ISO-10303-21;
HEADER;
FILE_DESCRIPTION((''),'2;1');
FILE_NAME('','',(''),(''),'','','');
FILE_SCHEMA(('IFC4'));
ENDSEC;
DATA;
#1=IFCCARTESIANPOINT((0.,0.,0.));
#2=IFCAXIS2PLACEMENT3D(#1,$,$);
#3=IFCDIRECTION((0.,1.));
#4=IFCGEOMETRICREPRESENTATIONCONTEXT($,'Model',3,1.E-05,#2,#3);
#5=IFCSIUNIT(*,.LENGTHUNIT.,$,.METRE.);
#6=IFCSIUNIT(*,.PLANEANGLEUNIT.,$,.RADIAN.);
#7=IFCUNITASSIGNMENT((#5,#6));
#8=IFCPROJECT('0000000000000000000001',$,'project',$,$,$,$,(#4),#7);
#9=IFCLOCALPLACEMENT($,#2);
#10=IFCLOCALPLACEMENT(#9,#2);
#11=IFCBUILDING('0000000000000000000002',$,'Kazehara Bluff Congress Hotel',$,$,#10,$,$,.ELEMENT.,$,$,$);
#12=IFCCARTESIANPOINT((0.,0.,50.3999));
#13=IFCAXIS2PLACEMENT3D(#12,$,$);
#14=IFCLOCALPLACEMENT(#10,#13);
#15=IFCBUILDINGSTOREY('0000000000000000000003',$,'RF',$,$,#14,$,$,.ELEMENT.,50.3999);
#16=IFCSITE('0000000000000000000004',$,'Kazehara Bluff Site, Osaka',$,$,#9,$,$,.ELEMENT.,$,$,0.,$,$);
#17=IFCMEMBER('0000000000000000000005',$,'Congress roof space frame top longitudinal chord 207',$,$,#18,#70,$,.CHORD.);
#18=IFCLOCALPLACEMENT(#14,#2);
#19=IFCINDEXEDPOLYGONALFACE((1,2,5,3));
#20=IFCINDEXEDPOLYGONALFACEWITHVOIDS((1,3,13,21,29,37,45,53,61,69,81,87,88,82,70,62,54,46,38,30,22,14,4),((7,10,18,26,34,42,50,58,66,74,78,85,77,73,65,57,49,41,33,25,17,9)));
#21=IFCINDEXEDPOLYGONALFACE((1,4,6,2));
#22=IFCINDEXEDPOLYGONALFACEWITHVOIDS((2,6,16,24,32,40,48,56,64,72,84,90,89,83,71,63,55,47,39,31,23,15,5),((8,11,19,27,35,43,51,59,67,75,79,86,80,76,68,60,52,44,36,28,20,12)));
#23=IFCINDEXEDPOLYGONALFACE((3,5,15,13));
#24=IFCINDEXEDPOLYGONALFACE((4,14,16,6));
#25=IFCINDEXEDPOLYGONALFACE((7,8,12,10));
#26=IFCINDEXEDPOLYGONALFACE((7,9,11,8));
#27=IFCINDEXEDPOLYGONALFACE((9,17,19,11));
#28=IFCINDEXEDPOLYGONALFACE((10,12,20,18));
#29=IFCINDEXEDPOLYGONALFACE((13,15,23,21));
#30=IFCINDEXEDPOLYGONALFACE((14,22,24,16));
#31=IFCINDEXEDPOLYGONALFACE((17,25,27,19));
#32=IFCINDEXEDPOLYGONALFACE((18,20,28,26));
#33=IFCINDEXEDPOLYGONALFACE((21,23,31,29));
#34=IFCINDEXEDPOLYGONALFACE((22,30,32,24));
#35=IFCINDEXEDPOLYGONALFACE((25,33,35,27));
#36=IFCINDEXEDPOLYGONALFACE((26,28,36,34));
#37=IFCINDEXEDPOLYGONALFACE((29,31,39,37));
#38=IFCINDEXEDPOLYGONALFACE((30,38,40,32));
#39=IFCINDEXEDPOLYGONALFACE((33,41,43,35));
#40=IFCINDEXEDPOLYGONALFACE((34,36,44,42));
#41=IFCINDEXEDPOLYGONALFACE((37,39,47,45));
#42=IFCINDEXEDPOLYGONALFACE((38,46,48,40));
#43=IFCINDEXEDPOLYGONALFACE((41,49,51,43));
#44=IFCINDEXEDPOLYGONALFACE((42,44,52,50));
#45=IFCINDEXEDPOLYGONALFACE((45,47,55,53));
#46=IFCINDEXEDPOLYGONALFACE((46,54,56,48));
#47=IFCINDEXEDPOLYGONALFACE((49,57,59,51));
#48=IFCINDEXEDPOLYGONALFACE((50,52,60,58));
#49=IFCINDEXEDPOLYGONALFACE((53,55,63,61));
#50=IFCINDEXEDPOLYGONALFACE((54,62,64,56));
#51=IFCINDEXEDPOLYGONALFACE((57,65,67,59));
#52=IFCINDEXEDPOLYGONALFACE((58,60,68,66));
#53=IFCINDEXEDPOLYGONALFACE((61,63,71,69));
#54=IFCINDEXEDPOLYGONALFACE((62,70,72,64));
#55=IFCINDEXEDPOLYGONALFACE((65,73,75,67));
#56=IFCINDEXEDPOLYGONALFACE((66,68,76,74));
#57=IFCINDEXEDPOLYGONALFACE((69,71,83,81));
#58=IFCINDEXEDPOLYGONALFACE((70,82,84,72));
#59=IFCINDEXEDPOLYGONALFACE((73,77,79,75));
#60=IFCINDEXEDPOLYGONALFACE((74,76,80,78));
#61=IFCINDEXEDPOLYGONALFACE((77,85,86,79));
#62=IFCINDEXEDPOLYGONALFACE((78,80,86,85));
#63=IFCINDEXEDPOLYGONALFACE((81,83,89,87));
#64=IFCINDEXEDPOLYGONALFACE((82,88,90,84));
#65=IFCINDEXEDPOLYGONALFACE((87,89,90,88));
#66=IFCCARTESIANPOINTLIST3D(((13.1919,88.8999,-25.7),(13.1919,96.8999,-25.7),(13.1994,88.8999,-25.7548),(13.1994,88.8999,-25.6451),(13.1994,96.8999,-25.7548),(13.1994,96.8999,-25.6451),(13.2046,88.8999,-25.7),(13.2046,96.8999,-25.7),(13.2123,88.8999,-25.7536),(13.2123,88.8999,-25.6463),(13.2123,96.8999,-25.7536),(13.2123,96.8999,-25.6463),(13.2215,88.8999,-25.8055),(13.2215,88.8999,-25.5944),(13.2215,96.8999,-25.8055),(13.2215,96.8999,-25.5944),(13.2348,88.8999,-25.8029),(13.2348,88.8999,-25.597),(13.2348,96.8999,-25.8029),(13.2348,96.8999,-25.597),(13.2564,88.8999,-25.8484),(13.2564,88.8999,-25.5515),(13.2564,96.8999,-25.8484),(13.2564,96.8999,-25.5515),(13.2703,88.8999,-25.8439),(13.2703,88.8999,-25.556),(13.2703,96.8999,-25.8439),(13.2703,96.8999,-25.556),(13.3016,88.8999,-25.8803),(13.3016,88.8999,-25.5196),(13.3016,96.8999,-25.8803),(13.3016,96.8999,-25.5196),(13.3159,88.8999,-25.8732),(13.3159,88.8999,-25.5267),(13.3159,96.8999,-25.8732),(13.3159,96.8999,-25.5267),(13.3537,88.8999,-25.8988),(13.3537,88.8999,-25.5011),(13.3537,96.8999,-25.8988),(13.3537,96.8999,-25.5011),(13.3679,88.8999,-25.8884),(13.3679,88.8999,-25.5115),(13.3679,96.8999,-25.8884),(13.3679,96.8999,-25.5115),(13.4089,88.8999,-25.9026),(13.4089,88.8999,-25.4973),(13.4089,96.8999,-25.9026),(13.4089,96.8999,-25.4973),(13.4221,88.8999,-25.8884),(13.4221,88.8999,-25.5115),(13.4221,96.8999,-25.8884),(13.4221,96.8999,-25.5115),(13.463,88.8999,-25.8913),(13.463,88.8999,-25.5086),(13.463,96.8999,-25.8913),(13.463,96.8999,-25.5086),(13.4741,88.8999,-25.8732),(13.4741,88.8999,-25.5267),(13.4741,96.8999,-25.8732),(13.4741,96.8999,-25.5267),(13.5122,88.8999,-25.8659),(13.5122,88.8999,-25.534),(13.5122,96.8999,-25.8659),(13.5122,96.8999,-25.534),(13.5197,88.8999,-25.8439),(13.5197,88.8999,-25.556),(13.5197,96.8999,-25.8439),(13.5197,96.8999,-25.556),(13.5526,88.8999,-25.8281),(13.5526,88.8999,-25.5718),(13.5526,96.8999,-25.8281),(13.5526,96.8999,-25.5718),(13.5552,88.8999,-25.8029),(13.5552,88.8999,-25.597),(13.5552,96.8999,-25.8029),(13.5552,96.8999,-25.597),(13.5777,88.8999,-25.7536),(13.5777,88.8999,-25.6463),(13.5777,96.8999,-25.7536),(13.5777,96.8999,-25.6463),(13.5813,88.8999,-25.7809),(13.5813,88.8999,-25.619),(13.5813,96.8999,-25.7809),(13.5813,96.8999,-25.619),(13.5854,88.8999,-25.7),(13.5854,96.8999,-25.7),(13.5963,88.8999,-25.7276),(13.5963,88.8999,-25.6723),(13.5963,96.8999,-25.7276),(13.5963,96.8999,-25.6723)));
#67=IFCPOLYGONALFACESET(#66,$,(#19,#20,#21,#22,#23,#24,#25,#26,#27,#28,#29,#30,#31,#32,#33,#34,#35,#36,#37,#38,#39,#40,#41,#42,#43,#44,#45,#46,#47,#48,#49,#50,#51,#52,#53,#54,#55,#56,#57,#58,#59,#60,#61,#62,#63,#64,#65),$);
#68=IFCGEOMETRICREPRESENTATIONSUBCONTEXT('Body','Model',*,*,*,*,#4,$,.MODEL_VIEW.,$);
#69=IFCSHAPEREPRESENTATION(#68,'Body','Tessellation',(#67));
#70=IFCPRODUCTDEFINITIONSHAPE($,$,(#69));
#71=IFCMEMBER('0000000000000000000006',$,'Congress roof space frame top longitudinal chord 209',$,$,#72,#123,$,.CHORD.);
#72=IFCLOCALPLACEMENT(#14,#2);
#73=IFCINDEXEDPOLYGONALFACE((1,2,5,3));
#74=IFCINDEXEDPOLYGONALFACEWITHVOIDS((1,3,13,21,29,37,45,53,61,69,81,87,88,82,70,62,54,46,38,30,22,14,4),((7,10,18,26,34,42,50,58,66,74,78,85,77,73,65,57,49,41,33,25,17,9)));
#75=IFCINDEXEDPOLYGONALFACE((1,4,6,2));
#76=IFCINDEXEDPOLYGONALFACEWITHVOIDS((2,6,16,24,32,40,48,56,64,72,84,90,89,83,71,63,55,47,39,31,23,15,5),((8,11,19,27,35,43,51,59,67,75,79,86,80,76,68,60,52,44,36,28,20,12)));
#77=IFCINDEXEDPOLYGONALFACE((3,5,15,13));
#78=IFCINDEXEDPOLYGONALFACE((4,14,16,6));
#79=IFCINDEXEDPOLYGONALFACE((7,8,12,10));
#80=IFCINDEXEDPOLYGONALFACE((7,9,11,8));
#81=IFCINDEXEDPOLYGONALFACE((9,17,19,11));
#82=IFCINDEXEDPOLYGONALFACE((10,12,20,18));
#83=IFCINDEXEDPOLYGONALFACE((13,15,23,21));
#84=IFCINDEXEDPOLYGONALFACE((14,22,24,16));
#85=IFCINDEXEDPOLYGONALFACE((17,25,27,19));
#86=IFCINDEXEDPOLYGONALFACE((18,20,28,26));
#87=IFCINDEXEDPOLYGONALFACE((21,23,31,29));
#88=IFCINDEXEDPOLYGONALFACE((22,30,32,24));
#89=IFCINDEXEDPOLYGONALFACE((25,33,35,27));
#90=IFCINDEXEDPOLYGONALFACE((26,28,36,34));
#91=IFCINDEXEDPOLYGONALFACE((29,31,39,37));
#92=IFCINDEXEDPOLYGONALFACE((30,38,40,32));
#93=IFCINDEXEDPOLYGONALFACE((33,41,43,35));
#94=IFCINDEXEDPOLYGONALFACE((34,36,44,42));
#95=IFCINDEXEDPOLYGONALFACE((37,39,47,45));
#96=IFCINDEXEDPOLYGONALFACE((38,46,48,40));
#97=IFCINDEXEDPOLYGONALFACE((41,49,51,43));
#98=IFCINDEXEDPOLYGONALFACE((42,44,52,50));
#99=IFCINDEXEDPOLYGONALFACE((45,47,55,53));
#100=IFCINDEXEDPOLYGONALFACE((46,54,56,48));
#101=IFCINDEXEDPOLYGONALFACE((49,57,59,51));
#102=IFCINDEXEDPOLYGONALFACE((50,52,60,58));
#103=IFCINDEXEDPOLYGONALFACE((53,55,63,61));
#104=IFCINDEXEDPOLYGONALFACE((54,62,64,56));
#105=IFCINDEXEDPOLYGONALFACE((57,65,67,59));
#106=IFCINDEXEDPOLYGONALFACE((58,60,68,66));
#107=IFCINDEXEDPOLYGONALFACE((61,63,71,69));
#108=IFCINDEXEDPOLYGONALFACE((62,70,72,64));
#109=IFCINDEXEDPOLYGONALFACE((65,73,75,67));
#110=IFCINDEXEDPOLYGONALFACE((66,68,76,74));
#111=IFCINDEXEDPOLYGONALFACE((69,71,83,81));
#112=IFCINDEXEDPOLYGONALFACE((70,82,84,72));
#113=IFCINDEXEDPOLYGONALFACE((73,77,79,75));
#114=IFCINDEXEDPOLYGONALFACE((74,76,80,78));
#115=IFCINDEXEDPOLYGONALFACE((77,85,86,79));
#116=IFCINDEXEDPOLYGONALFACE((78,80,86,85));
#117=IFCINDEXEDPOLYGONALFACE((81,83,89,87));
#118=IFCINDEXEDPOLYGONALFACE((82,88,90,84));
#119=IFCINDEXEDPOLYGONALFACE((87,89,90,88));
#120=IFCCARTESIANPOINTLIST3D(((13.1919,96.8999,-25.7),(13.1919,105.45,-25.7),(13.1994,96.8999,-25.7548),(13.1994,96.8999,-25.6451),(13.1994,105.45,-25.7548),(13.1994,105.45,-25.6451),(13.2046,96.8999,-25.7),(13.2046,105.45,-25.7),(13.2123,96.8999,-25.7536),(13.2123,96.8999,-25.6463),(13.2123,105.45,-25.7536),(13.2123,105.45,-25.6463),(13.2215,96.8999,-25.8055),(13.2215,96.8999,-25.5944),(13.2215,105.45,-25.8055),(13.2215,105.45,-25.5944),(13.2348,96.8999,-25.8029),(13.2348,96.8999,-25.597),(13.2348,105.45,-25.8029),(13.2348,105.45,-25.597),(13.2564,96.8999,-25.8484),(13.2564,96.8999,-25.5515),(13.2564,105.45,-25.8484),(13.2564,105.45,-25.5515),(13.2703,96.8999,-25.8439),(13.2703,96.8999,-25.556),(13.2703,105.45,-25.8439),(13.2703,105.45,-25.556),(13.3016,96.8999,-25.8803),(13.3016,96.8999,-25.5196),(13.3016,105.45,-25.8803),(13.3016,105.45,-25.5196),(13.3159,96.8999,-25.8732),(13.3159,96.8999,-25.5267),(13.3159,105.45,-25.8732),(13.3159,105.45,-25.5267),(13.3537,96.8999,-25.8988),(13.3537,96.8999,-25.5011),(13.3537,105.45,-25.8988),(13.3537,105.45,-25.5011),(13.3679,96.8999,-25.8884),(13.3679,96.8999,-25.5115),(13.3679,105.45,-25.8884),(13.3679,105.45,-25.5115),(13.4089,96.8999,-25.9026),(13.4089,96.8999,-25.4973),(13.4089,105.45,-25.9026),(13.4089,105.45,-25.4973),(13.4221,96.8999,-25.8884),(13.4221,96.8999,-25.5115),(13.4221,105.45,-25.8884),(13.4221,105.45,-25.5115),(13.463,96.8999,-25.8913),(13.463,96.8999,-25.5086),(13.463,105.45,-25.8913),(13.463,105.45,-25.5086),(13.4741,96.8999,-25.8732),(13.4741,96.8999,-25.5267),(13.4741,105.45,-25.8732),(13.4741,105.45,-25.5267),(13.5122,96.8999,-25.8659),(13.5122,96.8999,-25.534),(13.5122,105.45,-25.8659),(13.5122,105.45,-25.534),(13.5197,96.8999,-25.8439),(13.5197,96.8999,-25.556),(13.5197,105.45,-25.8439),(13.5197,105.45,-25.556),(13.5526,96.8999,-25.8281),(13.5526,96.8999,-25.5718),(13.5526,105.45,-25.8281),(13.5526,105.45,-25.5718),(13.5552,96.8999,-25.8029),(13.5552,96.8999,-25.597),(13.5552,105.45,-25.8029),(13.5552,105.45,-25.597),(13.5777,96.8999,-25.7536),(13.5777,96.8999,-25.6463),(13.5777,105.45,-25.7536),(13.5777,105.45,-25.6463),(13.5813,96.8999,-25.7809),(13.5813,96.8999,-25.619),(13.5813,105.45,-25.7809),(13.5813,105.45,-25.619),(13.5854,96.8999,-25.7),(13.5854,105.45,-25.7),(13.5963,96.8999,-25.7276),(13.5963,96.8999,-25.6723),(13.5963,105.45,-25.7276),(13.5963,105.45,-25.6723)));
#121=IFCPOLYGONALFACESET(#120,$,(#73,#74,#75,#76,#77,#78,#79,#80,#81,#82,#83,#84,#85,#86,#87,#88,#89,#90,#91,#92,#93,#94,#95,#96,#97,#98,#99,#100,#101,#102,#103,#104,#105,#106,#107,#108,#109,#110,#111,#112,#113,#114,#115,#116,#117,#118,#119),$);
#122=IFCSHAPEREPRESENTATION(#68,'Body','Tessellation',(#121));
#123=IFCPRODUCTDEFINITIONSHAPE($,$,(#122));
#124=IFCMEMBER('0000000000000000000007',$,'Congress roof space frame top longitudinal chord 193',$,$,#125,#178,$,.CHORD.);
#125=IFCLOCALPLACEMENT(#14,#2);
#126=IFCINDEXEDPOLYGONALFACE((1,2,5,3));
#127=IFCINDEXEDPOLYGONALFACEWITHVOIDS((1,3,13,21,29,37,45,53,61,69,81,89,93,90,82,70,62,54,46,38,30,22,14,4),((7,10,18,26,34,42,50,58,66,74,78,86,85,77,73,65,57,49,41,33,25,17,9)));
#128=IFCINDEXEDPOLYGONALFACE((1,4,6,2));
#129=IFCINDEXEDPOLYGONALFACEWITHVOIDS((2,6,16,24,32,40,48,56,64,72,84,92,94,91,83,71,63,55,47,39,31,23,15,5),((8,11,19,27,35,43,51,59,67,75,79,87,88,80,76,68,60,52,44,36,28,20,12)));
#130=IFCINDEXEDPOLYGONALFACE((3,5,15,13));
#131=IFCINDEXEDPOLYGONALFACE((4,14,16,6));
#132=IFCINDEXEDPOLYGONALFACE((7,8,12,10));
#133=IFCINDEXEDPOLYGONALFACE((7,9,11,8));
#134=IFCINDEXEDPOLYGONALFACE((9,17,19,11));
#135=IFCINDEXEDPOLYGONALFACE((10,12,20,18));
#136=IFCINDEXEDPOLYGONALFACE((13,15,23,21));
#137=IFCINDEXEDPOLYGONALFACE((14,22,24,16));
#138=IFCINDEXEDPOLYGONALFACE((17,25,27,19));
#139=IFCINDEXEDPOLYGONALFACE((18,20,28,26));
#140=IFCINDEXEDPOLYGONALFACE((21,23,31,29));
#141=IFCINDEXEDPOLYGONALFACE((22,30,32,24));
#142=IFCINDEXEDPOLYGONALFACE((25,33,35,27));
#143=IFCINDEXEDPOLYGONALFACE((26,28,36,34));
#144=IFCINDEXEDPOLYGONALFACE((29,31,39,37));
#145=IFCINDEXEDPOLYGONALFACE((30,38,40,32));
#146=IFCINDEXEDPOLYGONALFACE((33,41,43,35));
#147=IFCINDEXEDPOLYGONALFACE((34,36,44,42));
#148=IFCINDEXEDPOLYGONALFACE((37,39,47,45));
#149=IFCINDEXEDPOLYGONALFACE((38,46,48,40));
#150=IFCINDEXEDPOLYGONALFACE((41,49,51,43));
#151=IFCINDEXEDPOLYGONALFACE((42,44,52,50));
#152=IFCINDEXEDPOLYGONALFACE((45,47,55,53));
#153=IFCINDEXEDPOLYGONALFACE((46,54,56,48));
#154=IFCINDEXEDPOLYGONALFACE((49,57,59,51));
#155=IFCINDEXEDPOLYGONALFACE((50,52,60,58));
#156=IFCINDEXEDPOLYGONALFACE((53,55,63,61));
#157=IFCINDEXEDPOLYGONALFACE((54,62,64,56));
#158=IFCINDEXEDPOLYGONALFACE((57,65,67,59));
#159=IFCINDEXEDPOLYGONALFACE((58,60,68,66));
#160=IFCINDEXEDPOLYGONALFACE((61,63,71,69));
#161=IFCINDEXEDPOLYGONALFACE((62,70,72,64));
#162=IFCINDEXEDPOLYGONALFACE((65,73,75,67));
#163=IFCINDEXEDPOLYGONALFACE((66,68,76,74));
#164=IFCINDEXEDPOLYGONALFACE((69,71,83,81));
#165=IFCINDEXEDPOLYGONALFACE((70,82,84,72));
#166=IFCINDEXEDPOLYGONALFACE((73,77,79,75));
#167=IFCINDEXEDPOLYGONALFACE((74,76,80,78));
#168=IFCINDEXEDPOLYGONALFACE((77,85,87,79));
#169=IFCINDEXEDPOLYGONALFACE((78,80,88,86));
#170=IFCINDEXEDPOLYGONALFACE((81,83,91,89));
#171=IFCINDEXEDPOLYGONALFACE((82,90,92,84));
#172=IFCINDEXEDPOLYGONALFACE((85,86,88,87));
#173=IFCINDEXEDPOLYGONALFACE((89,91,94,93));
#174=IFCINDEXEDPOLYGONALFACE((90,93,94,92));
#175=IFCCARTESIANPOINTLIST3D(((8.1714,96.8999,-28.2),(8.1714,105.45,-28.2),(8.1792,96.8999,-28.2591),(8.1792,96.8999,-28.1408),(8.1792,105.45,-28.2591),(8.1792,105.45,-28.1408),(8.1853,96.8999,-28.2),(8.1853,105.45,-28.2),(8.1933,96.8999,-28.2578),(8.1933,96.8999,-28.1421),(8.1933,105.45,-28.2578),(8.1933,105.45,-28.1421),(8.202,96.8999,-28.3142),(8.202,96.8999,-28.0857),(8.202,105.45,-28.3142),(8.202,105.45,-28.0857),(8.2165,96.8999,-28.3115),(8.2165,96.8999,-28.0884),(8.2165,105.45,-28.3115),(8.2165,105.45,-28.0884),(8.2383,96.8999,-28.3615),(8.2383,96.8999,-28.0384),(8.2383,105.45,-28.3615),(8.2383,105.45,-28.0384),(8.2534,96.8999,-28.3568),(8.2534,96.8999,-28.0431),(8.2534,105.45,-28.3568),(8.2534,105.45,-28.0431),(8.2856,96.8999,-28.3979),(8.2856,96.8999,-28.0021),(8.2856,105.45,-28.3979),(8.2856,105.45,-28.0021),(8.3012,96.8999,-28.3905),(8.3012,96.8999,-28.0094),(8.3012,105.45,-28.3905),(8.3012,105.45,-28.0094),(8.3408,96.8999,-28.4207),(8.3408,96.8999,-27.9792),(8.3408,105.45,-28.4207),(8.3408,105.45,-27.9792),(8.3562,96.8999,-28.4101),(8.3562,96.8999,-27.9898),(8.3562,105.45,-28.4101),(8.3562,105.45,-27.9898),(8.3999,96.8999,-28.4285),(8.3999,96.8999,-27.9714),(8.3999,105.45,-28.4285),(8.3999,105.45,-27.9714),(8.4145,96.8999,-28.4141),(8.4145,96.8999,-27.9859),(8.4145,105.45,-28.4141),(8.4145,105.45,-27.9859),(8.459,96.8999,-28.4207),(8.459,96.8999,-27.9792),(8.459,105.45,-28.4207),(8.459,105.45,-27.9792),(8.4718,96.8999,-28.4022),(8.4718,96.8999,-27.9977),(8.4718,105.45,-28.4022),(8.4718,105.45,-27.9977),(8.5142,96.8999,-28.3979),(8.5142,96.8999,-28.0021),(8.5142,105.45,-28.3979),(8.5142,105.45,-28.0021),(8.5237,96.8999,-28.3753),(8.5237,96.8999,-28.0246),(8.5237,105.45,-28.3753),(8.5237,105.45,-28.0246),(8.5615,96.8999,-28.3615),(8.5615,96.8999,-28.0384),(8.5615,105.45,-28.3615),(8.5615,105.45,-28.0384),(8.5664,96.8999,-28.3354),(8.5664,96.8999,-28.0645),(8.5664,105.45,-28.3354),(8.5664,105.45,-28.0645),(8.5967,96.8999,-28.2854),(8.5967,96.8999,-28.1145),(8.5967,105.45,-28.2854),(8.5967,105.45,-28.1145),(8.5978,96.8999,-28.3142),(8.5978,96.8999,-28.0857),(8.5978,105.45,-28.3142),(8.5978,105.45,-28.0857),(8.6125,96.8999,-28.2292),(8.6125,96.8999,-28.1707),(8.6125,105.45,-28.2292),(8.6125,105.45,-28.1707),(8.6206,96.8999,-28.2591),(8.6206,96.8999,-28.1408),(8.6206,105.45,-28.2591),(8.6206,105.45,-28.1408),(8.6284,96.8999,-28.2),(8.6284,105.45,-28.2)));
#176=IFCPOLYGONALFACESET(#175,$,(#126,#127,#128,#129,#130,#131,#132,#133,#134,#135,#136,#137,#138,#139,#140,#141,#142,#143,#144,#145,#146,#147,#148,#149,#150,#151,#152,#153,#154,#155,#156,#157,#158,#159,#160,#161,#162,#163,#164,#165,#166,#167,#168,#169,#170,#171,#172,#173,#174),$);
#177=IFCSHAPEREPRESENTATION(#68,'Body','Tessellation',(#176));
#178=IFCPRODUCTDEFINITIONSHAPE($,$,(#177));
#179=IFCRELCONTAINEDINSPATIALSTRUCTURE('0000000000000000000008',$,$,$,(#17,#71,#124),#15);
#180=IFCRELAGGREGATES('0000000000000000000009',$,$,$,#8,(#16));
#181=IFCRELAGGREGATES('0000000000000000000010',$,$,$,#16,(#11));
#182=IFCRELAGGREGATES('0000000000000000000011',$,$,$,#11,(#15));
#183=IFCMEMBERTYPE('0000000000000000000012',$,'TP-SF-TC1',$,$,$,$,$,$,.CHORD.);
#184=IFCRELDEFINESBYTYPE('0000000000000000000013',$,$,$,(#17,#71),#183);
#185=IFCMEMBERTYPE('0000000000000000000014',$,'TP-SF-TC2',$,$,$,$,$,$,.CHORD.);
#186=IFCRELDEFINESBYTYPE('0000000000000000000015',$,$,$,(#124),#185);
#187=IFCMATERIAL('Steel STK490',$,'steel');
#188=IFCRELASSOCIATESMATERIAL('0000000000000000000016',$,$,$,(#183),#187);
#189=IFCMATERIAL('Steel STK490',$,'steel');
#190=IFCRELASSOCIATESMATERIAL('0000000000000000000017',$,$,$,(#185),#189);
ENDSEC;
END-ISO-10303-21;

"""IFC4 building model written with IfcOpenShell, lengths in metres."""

from ifc_helpers import new_model, si_unit, direction, frame, origin, origin_2d, place, context, subcontext, project, spatial, hollow_circle, extrude, material, material_profile, profile_set, type_object, element, save


model = new_model("IFC4")

# Units and contexts
model_context = context("Model", 3, precision=1e-05, world=origin(), true_north=direction((0.0, 1.0)))
body_context = subcontext(model_context, "Body", "Model", "MODEL_VIEW")
ifc_project = project(units=[si_unit("LENGTHUNIT", "METRE"), si_unit("PLANEANGLEUNIT", "RADIAN")], contexts=[model_context])

# Site, building, storey
site_placement = place(None, origin())
site = spatial("IfcSite", under=ifc_project, at=site_placement, Name="Kazehara Bluff Site, Osaka", CompositionType="ELEMENT", RefElevation=0.0)
building_placement = place(site_placement, origin())
building = spatial("IfcBuilding", under=site, at=building_placement, Name="Kazehara Bluff Congress Hotel", CompositionType="ELEMENT")
storey_placement = place(building_placement, frame((0.0, 0.0, 50.3999)))
storey = spatial("IfcBuildingStorey", under=building, at=storey_placement, Name="RF", CompositionType="ELEMENT", Elevation=50.3999)

# Members
ifc_material_1 = material(Name="Steel STK490", Category="steel")
ifc_material_profile_1 = material_profile(ifc_material_1, hollow_circle(Radius=0.2031, WallThickness=0.0127, at=origin_2d()))
ifc_profile_set_1 = profile_set([ifc_material_profile_1], Name="Steel STK490")
member_type_1 = type_object("IfcMemberType", Name="TP-SF-TC1", PredefinedType="CHORD", material=ifc_profile_set_1)
member_1_placement = place(storey_placement, frame((13.395, 88.8999, -25.7), z_axis=(0.0, 1.0, 0.0), x_axis=(-1.0, 0.0, 0.0)))
element("IfcMember", 1, at=member_1_placement, inside=storey, type_object=member_type_1, Name="Congress roof space frame top longitudinal chord 207", PredefinedType="CHORD", context=body_context, shape_type="SweptSolid", body=[
    extrude(hollow_circle(Radius=0.2031, WallThickness=0.0127, at=origin_2d()), origin(), (0.0, 0.0, 1.0), 8.0),
])
member_2_placement = place(storey_placement, frame((13.395, 96.8999, -25.7), z_axis=(0.0, 1.0, 0.0), x_axis=(-1.0, 0.0, 0.0)))
element("IfcMember", 2, at=member_2_placement, inside=storey, type_object=member_type_1, Name="Congress roof space frame top longitudinal chord 209", PredefinedType="CHORD", context=body_context, shape_type="SweptSolid", body=[
    extrude(hollow_circle(Radius=0.2031, WallThickness=0.0127, at=origin_2d()), origin(), (0.0, 0.0, 1.0), 8.55),
])
ifc_material_2 = material(Name="Steel STK490", Category="steel")
ifc_material_profile_2 = material_profile(ifc_material_2, hollow_circle(Radius=0.2285, WallThickness=0.0139, at=origin_2d()))
ifc_profile_set_2 = profile_set([ifc_material_profile_2], Name="Steel STK490")
member_type_2 = type_object("IfcMemberType", Name="TP-SF-TC2", PredefinedType="CHORD", material=ifc_profile_set_2)
member_3_placement = place(storey_placement, frame((8.3999, 96.8999, -28.2), z_axis=(0.0, 1.0, 0.0), x_axis=(-1.0, 0.0, 0.0)))
element("IfcMember", 3, at=member_3_placement, inside=storey, type_object=member_type_2, Name="Congress roof space frame top longitudinal chord 193", PredefinedType="CHORD", context=body_context, shape_type="SweptSolid", body=[
    extrude(hollow_circle(Radius=0.2285, WallThickness=0.0139, at=origin_2d()), origin(), (0.0, 0.0, 1.0), 8.55),
])

save(model, "model.ifc")
